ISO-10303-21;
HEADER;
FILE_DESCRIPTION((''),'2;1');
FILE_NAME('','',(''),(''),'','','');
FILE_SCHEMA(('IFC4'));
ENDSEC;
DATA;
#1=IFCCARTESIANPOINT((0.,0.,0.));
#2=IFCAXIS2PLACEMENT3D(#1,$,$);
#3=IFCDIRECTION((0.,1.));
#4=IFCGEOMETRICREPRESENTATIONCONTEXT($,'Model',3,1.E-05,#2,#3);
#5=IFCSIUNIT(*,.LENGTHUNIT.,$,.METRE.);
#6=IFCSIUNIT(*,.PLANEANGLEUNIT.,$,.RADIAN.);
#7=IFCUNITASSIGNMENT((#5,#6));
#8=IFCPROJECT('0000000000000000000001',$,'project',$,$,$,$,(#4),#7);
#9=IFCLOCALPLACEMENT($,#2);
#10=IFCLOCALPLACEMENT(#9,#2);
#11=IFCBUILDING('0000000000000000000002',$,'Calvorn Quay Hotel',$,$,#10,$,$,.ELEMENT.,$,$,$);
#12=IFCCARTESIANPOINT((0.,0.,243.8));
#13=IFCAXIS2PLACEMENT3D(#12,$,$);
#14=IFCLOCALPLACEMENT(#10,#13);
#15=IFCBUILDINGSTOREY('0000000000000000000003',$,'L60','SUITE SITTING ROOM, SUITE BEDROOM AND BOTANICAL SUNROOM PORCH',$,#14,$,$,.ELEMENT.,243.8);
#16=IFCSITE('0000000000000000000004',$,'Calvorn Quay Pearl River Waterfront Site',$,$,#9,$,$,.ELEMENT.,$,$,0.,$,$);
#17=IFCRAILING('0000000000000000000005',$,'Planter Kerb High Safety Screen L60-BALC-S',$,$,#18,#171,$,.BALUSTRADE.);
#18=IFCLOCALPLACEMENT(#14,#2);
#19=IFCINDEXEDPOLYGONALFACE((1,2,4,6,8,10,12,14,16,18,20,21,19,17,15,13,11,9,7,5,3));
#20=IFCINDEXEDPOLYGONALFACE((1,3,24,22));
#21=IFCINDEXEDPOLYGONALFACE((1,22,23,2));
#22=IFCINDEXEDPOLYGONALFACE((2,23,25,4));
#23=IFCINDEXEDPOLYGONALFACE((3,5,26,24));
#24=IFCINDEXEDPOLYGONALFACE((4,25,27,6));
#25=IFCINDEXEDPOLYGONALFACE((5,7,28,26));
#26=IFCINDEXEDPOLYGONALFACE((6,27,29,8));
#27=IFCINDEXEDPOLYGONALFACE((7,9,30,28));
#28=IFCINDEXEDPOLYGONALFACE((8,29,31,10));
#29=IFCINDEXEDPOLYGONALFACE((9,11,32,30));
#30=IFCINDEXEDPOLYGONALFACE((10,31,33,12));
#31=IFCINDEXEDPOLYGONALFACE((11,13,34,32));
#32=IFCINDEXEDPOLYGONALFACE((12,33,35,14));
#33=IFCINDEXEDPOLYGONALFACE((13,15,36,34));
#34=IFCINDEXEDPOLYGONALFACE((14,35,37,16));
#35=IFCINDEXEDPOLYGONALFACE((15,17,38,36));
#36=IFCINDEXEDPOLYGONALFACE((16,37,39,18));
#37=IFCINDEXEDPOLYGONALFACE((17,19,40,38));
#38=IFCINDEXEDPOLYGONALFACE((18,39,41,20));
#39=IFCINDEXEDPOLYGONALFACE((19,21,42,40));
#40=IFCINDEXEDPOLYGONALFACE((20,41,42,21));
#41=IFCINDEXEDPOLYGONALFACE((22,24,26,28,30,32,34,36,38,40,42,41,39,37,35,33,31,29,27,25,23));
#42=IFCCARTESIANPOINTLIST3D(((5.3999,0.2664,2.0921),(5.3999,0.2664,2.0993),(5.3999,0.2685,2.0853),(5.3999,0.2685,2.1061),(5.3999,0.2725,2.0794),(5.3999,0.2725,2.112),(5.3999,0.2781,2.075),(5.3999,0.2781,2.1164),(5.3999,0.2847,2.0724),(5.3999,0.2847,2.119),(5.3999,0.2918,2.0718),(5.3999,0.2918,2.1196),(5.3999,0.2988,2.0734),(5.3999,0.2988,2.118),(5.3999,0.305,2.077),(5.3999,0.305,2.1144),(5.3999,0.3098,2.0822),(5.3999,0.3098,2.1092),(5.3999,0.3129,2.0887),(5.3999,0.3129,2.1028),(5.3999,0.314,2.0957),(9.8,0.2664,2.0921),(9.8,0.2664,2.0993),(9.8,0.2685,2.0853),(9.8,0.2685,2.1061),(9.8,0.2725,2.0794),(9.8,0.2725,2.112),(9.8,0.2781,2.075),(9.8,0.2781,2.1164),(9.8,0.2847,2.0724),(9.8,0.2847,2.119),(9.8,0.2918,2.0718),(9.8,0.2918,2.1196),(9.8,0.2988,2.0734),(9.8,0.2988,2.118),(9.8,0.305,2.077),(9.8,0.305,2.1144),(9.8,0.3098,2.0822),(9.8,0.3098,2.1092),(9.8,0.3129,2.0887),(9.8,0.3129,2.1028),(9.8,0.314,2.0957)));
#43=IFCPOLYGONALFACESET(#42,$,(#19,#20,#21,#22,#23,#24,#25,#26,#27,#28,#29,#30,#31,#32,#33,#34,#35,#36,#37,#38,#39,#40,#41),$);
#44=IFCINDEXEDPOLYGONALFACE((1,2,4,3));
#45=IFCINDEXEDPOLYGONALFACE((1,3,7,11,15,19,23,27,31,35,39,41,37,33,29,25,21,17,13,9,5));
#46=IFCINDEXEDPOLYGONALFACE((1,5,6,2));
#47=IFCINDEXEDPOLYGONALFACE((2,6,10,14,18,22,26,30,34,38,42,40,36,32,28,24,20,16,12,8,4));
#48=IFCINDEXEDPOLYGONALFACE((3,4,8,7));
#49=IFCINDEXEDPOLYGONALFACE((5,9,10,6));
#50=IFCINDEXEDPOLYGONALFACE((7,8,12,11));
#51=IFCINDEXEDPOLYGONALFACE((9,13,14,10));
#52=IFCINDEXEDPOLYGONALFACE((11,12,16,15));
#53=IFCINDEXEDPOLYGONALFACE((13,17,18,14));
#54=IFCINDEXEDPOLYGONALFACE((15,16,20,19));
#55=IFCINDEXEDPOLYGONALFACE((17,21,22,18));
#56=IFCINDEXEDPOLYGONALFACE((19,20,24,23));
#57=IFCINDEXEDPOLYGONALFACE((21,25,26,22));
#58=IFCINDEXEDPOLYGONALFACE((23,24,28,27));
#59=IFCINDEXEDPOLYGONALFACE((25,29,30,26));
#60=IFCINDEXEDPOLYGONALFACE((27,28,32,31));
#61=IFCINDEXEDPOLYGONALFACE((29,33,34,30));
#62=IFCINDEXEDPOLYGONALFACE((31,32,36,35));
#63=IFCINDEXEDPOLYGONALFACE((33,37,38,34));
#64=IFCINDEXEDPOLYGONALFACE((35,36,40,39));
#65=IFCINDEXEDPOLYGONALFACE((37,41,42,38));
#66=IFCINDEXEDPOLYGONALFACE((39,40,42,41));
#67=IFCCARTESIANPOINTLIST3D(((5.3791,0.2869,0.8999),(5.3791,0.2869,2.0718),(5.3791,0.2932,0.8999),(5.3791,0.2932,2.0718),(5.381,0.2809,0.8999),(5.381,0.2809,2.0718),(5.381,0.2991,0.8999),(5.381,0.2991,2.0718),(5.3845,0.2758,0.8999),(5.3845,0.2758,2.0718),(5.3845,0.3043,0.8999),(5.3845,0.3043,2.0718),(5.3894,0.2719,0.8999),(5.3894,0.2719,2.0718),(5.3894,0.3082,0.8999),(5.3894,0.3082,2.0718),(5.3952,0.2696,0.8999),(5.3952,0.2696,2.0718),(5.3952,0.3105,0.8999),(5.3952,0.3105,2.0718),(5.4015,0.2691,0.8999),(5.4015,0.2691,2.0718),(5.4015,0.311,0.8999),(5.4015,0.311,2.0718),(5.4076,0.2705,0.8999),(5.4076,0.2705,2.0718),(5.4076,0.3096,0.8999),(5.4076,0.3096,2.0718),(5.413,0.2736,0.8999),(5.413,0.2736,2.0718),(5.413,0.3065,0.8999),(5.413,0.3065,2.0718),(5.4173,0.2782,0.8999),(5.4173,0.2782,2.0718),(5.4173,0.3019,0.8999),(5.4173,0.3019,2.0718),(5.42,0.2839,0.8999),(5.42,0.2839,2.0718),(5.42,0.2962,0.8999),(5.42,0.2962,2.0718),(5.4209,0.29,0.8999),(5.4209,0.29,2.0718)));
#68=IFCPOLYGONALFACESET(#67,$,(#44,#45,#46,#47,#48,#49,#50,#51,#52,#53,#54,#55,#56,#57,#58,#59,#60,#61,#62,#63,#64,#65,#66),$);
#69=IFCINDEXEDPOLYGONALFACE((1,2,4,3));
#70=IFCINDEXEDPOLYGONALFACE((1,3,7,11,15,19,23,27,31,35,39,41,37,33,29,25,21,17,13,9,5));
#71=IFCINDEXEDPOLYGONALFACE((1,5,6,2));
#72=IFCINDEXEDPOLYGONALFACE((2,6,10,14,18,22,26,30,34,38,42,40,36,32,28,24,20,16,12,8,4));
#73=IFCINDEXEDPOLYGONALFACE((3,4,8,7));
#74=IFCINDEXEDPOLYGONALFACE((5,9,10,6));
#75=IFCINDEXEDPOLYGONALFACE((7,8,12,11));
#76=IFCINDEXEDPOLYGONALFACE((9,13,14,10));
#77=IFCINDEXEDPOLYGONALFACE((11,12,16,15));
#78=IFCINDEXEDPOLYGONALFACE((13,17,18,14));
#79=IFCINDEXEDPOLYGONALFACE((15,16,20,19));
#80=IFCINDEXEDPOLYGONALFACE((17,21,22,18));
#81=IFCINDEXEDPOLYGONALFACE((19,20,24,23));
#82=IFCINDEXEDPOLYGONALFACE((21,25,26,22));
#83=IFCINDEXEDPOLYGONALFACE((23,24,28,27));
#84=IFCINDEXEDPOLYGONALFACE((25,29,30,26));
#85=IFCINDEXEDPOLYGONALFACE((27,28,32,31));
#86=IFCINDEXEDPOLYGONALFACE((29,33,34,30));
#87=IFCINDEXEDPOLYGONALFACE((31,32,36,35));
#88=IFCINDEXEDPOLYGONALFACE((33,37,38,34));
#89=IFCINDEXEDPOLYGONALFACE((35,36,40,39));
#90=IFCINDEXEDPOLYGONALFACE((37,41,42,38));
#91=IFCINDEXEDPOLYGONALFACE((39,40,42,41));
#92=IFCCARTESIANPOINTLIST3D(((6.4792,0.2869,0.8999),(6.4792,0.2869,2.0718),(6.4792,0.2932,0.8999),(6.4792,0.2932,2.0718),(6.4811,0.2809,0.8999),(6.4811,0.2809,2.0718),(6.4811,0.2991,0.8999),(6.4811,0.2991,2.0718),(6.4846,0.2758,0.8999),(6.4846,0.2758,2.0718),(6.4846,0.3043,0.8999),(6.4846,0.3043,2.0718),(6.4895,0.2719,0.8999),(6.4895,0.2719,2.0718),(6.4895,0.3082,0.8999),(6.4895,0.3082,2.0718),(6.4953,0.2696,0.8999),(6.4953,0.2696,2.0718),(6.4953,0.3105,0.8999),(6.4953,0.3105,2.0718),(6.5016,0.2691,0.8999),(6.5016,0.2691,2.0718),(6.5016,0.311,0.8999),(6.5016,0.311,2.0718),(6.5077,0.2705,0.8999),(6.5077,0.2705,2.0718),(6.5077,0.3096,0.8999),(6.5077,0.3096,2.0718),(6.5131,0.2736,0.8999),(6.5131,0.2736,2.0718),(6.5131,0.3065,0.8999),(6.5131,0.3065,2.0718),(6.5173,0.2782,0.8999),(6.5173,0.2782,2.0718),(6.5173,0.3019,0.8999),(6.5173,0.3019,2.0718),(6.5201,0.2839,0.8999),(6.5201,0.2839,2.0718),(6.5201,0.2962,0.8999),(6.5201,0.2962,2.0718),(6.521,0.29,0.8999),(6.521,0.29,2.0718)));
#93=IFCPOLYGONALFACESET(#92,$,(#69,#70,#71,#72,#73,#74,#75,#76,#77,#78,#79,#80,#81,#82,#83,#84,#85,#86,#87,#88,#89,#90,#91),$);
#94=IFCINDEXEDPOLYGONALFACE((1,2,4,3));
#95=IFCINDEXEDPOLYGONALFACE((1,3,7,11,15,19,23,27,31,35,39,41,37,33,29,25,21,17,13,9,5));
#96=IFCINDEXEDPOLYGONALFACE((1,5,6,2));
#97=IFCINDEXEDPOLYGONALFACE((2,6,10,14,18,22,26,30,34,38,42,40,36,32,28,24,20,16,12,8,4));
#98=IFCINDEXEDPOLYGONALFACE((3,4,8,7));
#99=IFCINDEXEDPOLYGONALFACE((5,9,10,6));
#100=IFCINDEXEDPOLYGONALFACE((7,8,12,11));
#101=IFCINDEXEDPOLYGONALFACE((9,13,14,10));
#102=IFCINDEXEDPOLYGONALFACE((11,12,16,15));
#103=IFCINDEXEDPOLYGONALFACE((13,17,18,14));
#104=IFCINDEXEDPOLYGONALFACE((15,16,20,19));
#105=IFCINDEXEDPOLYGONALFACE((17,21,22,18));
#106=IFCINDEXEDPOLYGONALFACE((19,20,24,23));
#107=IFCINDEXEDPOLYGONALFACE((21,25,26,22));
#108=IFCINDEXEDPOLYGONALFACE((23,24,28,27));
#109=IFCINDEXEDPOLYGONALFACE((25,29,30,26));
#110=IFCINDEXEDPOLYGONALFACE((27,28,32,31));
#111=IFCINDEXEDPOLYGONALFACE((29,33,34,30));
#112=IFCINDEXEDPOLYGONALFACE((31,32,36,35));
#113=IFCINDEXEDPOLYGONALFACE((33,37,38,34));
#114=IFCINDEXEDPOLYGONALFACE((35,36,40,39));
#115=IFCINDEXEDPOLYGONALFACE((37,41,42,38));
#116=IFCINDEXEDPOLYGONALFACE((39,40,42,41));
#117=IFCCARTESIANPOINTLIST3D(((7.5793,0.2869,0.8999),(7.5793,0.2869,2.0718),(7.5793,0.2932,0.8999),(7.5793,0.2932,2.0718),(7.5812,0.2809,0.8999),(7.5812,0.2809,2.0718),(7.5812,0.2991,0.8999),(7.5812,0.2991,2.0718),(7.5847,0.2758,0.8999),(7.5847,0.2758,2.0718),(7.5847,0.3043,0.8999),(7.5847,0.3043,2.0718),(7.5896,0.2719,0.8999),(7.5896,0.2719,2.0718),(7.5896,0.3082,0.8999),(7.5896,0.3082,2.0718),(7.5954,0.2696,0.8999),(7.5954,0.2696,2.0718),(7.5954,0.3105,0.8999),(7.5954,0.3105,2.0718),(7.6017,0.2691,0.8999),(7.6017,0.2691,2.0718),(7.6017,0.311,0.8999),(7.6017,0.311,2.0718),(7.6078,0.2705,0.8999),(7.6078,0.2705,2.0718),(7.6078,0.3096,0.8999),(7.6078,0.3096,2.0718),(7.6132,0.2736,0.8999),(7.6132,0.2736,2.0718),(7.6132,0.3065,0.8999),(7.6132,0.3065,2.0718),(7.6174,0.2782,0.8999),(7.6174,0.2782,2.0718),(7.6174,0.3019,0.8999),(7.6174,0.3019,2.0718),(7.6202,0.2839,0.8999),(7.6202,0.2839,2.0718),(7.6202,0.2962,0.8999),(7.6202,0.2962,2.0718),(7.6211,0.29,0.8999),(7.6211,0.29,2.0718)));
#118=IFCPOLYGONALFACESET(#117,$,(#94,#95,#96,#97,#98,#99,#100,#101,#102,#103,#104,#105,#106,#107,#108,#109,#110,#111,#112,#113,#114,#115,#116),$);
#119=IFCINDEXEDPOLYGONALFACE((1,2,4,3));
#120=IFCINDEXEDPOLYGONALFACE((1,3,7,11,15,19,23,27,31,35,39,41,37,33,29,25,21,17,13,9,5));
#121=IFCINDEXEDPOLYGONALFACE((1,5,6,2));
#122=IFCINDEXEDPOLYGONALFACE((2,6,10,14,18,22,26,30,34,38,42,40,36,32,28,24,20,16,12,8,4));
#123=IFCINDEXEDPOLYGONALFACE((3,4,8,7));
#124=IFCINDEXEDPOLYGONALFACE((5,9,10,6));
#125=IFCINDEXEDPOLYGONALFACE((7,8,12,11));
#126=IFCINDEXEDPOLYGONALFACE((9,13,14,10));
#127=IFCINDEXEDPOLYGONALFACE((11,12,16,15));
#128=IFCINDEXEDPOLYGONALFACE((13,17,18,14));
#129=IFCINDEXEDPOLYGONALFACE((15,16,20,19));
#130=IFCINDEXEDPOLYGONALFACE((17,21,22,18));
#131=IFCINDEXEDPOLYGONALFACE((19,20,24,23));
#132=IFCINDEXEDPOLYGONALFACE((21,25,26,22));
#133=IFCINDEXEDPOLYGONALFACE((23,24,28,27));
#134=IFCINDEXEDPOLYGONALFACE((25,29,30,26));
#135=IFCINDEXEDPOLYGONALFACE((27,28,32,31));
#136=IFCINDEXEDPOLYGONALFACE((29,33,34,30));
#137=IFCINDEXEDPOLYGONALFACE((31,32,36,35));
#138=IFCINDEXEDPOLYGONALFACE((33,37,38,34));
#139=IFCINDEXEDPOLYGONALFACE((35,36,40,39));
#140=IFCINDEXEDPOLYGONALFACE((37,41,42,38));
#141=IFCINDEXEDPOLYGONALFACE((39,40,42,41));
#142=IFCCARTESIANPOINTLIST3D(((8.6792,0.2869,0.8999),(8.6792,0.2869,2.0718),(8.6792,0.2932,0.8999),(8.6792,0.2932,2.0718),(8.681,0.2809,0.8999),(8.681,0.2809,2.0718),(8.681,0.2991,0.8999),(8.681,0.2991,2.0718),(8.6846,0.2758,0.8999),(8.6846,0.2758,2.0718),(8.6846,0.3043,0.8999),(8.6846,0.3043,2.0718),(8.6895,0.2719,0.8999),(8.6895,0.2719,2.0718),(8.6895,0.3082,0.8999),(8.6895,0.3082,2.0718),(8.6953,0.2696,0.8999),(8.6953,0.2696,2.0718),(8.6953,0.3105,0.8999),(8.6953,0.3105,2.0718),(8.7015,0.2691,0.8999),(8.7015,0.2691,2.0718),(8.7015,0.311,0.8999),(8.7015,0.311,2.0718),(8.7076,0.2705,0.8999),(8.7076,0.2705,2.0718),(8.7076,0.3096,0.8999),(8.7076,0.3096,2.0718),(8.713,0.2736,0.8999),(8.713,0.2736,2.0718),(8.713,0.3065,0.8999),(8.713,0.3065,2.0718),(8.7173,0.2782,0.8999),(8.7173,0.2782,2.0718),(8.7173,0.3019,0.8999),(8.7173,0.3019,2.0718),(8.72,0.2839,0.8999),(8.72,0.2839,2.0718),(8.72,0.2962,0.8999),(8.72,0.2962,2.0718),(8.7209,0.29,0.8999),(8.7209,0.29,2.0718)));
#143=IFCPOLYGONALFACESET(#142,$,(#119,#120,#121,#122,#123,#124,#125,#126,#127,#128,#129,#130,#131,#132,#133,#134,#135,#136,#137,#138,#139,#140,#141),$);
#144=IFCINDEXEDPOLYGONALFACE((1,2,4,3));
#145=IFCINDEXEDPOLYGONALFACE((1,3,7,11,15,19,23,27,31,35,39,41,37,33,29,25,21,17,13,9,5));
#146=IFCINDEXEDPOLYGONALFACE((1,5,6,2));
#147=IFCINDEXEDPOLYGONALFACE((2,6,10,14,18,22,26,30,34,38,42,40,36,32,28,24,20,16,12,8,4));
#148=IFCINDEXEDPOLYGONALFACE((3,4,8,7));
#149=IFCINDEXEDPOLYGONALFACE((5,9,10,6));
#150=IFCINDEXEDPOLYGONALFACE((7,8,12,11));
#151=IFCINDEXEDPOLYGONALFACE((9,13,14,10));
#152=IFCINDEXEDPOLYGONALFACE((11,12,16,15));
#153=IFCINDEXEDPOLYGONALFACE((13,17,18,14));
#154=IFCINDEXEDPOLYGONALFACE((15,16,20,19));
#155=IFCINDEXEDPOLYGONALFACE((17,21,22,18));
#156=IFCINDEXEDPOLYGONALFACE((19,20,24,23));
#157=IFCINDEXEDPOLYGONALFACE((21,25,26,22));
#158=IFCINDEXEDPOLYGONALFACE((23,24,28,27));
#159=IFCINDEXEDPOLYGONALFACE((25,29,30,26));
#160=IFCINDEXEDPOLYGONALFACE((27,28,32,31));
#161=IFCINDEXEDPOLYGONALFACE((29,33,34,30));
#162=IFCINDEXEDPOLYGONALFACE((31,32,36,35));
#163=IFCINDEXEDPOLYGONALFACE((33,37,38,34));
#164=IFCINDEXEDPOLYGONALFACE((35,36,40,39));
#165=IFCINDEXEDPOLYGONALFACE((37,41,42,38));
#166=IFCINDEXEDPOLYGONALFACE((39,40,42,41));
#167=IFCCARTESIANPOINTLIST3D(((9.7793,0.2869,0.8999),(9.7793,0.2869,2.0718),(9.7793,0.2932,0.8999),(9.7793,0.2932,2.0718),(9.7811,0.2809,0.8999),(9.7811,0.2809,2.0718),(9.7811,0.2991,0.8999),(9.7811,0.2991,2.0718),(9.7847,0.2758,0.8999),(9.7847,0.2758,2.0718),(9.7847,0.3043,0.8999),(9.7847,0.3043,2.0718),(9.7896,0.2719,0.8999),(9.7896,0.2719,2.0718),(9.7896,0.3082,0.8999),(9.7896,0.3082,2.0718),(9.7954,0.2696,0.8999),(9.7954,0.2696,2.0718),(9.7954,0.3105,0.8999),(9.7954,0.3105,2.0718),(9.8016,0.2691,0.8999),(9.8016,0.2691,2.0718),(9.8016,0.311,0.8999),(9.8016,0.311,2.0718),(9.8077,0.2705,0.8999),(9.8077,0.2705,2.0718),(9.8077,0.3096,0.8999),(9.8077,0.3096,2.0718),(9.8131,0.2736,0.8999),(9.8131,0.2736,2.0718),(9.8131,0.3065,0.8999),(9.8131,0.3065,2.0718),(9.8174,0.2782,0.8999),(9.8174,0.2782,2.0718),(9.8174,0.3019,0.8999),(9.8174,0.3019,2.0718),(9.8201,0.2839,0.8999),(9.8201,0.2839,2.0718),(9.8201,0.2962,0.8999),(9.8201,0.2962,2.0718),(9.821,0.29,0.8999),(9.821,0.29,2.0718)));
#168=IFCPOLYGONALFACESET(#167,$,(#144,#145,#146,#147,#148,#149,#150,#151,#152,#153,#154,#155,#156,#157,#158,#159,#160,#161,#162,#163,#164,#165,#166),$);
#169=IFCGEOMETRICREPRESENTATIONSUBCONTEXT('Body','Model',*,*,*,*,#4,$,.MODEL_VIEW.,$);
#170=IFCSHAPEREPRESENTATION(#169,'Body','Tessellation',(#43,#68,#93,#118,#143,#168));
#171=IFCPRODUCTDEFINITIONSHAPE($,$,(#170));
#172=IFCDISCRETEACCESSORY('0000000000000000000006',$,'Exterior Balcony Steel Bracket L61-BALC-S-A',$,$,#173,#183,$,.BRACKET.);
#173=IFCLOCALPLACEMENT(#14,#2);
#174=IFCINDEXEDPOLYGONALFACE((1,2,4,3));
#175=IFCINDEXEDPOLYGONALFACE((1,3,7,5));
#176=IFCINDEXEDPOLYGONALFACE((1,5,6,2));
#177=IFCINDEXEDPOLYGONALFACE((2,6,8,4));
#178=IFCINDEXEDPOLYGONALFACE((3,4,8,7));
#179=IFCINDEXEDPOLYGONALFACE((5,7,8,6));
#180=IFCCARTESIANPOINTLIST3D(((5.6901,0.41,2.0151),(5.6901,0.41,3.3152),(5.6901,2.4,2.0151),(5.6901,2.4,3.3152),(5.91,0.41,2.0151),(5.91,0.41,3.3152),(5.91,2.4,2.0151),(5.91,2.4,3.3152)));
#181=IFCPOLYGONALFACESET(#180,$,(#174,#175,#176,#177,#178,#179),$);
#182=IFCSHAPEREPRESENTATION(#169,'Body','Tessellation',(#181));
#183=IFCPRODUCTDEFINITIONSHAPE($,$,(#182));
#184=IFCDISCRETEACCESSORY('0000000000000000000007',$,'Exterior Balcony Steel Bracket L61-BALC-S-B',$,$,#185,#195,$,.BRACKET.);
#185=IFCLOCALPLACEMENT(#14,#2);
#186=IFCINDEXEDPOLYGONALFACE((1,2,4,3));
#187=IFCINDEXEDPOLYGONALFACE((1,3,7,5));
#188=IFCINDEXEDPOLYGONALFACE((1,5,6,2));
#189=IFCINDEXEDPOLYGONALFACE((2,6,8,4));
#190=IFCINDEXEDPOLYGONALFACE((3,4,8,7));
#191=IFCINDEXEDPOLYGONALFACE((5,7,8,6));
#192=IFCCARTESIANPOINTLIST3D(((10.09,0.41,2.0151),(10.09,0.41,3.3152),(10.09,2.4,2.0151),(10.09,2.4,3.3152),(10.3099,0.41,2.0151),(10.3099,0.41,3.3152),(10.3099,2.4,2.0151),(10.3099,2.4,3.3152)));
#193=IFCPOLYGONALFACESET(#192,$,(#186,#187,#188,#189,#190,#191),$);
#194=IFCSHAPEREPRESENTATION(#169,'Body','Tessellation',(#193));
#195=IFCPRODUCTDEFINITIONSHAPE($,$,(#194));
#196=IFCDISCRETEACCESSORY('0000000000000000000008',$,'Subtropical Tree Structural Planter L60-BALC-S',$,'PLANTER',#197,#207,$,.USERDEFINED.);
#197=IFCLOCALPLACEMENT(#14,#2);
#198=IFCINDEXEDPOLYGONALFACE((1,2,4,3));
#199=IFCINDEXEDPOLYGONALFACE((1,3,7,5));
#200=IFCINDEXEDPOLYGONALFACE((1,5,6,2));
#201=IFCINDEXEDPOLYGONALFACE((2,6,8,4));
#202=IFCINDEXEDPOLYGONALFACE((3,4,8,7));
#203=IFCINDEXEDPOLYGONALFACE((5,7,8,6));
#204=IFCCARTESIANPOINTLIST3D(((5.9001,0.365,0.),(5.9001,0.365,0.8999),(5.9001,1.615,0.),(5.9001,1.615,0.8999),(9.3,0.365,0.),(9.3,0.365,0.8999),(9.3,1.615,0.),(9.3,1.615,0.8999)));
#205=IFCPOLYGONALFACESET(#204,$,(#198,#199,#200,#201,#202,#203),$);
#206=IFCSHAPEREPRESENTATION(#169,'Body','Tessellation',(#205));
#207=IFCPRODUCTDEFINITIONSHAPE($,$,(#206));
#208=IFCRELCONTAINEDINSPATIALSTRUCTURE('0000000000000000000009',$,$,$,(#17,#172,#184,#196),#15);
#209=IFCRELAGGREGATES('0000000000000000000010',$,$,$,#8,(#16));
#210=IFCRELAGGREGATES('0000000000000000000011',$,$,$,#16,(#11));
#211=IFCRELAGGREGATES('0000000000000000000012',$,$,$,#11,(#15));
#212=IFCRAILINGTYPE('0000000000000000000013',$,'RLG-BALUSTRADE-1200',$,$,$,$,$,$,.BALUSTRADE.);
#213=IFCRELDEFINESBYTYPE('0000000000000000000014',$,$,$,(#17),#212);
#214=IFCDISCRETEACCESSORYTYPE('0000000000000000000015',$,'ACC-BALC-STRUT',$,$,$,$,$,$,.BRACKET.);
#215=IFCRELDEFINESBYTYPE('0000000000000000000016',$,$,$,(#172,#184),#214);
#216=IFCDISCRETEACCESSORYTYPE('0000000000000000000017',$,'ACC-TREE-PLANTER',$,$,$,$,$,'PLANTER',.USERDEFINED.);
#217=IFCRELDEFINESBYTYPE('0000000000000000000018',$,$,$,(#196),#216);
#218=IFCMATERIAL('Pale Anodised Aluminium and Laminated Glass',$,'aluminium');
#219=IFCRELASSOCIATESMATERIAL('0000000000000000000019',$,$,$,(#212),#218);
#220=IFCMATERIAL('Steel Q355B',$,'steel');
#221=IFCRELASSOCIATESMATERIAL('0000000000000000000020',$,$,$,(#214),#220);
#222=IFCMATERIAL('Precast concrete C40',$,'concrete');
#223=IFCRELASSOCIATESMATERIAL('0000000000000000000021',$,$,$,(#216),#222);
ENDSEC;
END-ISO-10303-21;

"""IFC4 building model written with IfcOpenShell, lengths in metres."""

from ifc_helpers import new_model, si_unit, direction, frame, origin, origin_2d, place, context, subcontext, project, spatial, rectangle, circle, extrude, material, type_object, element, save


model = new_model("IFC4")

# Units and contexts
model_context = context("Model", 3, precision=1e-05, world=origin(), true_north=direction((0.0, 1.0)))
body_context = subcontext(model_context, "Body", "Model", "MODEL_VIEW")
ifc_project = project(units=[si_unit("LENGTHUNIT", "METRE"), si_unit("PLANEANGLEUNIT", "RADIAN")], contexts=[model_context])

# Site, building, storey
site_placement = place(None, origin())
site = spatial("IfcSite", under=ifc_project, at=site_placement, Name="Calvorn Quay Pearl River Waterfront Site", CompositionType="ELEMENT", RefElevation=0.0)
building_placement = place(site_placement, origin())
building = spatial("IfcBuilding", under=site, at=building_placement, Name="Calvorn Quay Hotel", CompositionType="ELEMENT")
storey_placement = place(building_placement, frame((0.0, 0.0, 243.8)))
storey = spatial("IfcBuildingStorey", under=building, at=storey_placement, Name="L60", Description="SUITE SITTING ROOM, SUITE BEDROOM AND BOTANICAL SUNROOM PORCH", CompositionType="ELEMENT", Elevation=243.8)

# Railing
ifc_material_1 = material(Name="Pale Anodised Aluminium and Laminated Glass", Category="aluminium")
railing_type = type_object("IfcRailingType", Name="RLG-BALUSTRADE-1200", PredefinedType="BALUSTRADE", material=ifc_material_1)
railing_1_placement = place(storey_placement, frame((5.3999, 0.29, 0.8999)))
element("IfcRailing", 1, at=railing_1_placement, inside=storey, type_object=railing_type, Name="Planter Kerb High Safety Screen L60-BALC-S", PredefinedType="BALUSTRADE", context=body_context, shape_type="SweptSolid", body=[
    extrude(circle(Radius=0.0239, at=origin_2d()), frame((0.0, 0.0, 1.1958), z_axis=(1.0, 0.0, 0.0), x_axis=(0.0, 1.0, 0.0)), (0.0, 0.0, 1.0), 4.4001),
    extrude(circle(Radius=0.021, at=origin_2d()), origin(), (0.0, 0.0, 1.0), 1.1719),
    extrude(circle(Radius=0.021, at=origin_2d()), frame((1.1001, 0.0, 0.0)), (0.0, 0.0, 1.0), 1.1719),
    extrude(circle(Radius=0.021, at=origin_2d()), frame((2.2002, 0.0, 0.0)), (0.0, 0.0, 1.0), 1.1719),
    extrude(circle(Radius=0.021, at=origin_2d()), frame((3.3, 0.0, 0.0)), (0.0, 0.0, 1.0), 1.1719),
    extrude(circle(Radius=0.021, at=origin_2d()), frame((4.4001, 0.0, 0.0)), (0.0, 0.0, 1.0), 1.1719),
])

# Discrete accessories
ifc_material_2 = material(Name="Steel Q355B", Category="steel")
discrete_accessory_type_1 = type_object("IfcDiscreteAccessoryType", Name="ACC-BALC-STRUT", PredefinedType="BRACKET", material=ifc_material_2)
for number, where, z_axis, x_axis, name in (
    (2, (5.8, 1.405, 2.0151), (0.0, 0.0, 1.0), (1.0, 0.0, 0.0), "Exterior Balcony Steel Bracket L61-BALC-S-A"),
    (3, (10.2, 1.405, 2.0151), (0.0, 0.0, 1.0), (1.0, 0.0, 0.0), "Exterior Balcony Steel Bracket L61-BALC-S-B"),
):
    element("IfcDiscreteAccessory", number, at=place(storey_placement, frame(where, z_axis=z_axis, x_axis=x_axis)), inside=storey, type_object=discrete_accessory_type_1, Name=name, PredefinedType="BRACKET", context=body_context, shape_type="SweptSolid", body=[
        extrude(rectangle(XDim=0.22, YDim=1.99, at=origin_2d()), origin(), (0.0, 0.0, 1.0), 1.3),
    ])
ifc_material_3 = material(Name="Precast concrete C40", Category="concrete")
discrete_accessory_type_2 = type_object("IfcDiscreteAccessoryType", Name="ACC-TREE-PLANTER", ElementType="PLANTER", PredefinedType="USERDEFINED", material=ifc_material_3)
discrete_accessory_placement = place(storey_placement, frame((7.6001, 0.99, 0.0), z_axis=(0.0, 0.0, 1.0), x_axis=(1.0, 0.0, 0.0)))
element("IfcDiscreteAccessory", 4, at=discrete_accessory_placement, inside=storey, type_object=discrete_accessory_type_2, Name="Subtropical Tree Structural Planter L60-BALC-S", ObjectType="PLANTER", PredefinedType="USERDEFINED", context=body_context, shape_type="SweptSolid", body=[
    extrude(rectangle(XDim=3.3999, YDim=1.25, at=origin_2d()), origin(), (0.0, 0.0, 1.0), 0.8999),
])

save(model, "model.ifc")
